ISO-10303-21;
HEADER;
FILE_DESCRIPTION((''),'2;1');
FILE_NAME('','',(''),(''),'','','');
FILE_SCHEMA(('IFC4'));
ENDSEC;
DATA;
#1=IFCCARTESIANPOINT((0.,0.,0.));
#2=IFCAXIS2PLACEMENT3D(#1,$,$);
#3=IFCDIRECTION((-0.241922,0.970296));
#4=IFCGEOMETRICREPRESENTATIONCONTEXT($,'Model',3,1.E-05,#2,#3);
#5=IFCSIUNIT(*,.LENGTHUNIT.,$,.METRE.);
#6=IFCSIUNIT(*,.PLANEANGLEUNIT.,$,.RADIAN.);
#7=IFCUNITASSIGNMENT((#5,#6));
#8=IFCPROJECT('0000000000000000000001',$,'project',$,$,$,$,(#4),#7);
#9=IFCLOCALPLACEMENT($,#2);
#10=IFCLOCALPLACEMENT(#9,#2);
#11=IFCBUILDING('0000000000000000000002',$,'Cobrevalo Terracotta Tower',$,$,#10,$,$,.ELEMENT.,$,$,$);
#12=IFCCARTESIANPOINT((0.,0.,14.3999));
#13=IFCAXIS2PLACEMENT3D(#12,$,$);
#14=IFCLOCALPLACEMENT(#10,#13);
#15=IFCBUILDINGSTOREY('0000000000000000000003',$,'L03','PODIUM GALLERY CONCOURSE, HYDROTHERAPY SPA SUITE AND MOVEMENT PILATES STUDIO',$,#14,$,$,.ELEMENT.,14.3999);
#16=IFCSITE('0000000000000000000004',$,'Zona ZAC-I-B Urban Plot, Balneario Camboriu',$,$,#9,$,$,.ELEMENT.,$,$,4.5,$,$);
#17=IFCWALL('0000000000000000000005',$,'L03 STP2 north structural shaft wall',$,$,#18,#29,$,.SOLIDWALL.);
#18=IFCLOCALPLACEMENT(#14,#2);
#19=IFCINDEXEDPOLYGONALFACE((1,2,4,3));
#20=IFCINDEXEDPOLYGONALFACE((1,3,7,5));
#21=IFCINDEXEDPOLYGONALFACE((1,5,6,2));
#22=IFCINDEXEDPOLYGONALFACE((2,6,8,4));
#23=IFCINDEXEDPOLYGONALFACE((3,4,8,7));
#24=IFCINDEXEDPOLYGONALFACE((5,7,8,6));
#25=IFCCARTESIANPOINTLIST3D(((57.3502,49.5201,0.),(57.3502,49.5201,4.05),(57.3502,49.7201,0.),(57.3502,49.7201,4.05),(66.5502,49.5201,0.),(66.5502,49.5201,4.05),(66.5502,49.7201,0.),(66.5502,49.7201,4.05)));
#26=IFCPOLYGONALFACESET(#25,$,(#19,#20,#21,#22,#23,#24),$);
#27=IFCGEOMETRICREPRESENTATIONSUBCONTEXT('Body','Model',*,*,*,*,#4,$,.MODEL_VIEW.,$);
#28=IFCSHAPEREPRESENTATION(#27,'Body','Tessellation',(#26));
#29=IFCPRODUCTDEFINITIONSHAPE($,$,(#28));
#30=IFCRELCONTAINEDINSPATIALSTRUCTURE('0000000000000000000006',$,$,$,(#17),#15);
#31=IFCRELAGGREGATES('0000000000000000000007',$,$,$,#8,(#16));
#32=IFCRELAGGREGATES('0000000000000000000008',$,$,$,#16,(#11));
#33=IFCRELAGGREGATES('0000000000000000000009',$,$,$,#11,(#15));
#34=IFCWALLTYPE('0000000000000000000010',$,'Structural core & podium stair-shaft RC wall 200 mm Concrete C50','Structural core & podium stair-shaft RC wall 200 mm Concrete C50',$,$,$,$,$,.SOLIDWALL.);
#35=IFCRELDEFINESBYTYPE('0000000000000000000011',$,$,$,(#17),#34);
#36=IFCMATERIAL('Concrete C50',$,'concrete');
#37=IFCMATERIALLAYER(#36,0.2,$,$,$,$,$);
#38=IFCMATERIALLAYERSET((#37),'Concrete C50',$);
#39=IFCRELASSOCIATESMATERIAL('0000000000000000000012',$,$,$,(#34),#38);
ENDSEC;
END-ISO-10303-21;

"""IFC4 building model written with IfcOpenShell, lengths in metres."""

from ifc_helpers import new_model, si_unit, direction, frame, frame_2d, origin, place, context, subcontext, project, spatial, rectangle, extrude, material, layer, layer_set, type_object, element, save


model = new_model("IFC4")

# Units and contexts
model_context = context("Model", 3, precision=1e-05, world=origin(), true_north=direction((-0.241922, 0.970296)))
body_context = subcontext(model_context, "Body", "Model", "MODEL_VIEW")
ifc_project = project(units=[si_unit("LENGTHUNIT", "METRE"), si_unit("PLANEANGLEUNIT", "RADIAN")], contexts=[model_context])

# Site, building, storey
site_placement = place(None, origin())
site = spatial("IfcSite", under=ifc_project, at=site_placement, Name="Zona ZAC-I-B Urban Plot, Balneario Camboriu", CompositionType="ELEMENT", RefElevation=4.5)
building_placement = place(site_placement, origin())
building = spatial("IfcBuilding", under=site, at=building_placement, Name="Cobrevalo Terracotta Tower", CompositionType="ELEMENT")
storey_placement = place(building_placement, frame((0.0, 0.0, 14.3999)))
storey = spatial("IfcBuildingStorey", under=building, at=storey_placement, Name="L03", Description="PODIUM GALLERY CONCOURSE, HYDROTHERAPY SPA SUITE AND MOVEMENT PILATES STUDIO", CompositionType="ELEMENT", Elevation=14.3999)

# Shared definitions
ifc_material_1 = material(Name="Concrete C50", Category="concrete")

# Wall
ifc_layer_1 = layer(ifc_material_1, 0.2)
ifc_layer_set_1 = layer_set([ifc_layer_1], Name="Concrete C50")
wall_type = type_object("IfcWallType", Name="Structural core & podium stair-shaft RC wall 200 mm Concrete C50", Description="Structural core & podium stair-shaft RC wall 200 mm Concrete C50", PredefinedType="SOLIDWALL", material=ifc_layer_set_1)
wall_placement = place(storey_placement, frame((57.3501, 49.6201, 0.0), z_axis=(0.0, 0.0, 1.0), x_axis=(1.0, 0.0, 0.0)))
element("IfcWall", 1, at=wall_placement, inside=storey, type_object=wall_type, Name="L03 STP2 north structural shaft wall", PredefinedType="SOLIDWALL", context=body_context, shape_type="SweptSolid", body=[
    extrude(rectangle(XDim=9.2, YDim=0.2, at=frame_2d((4.6001, 0.0))), origin(), (0.0, 0.0, 1.0), 4.05),
])

save(model, "model.ifc")
